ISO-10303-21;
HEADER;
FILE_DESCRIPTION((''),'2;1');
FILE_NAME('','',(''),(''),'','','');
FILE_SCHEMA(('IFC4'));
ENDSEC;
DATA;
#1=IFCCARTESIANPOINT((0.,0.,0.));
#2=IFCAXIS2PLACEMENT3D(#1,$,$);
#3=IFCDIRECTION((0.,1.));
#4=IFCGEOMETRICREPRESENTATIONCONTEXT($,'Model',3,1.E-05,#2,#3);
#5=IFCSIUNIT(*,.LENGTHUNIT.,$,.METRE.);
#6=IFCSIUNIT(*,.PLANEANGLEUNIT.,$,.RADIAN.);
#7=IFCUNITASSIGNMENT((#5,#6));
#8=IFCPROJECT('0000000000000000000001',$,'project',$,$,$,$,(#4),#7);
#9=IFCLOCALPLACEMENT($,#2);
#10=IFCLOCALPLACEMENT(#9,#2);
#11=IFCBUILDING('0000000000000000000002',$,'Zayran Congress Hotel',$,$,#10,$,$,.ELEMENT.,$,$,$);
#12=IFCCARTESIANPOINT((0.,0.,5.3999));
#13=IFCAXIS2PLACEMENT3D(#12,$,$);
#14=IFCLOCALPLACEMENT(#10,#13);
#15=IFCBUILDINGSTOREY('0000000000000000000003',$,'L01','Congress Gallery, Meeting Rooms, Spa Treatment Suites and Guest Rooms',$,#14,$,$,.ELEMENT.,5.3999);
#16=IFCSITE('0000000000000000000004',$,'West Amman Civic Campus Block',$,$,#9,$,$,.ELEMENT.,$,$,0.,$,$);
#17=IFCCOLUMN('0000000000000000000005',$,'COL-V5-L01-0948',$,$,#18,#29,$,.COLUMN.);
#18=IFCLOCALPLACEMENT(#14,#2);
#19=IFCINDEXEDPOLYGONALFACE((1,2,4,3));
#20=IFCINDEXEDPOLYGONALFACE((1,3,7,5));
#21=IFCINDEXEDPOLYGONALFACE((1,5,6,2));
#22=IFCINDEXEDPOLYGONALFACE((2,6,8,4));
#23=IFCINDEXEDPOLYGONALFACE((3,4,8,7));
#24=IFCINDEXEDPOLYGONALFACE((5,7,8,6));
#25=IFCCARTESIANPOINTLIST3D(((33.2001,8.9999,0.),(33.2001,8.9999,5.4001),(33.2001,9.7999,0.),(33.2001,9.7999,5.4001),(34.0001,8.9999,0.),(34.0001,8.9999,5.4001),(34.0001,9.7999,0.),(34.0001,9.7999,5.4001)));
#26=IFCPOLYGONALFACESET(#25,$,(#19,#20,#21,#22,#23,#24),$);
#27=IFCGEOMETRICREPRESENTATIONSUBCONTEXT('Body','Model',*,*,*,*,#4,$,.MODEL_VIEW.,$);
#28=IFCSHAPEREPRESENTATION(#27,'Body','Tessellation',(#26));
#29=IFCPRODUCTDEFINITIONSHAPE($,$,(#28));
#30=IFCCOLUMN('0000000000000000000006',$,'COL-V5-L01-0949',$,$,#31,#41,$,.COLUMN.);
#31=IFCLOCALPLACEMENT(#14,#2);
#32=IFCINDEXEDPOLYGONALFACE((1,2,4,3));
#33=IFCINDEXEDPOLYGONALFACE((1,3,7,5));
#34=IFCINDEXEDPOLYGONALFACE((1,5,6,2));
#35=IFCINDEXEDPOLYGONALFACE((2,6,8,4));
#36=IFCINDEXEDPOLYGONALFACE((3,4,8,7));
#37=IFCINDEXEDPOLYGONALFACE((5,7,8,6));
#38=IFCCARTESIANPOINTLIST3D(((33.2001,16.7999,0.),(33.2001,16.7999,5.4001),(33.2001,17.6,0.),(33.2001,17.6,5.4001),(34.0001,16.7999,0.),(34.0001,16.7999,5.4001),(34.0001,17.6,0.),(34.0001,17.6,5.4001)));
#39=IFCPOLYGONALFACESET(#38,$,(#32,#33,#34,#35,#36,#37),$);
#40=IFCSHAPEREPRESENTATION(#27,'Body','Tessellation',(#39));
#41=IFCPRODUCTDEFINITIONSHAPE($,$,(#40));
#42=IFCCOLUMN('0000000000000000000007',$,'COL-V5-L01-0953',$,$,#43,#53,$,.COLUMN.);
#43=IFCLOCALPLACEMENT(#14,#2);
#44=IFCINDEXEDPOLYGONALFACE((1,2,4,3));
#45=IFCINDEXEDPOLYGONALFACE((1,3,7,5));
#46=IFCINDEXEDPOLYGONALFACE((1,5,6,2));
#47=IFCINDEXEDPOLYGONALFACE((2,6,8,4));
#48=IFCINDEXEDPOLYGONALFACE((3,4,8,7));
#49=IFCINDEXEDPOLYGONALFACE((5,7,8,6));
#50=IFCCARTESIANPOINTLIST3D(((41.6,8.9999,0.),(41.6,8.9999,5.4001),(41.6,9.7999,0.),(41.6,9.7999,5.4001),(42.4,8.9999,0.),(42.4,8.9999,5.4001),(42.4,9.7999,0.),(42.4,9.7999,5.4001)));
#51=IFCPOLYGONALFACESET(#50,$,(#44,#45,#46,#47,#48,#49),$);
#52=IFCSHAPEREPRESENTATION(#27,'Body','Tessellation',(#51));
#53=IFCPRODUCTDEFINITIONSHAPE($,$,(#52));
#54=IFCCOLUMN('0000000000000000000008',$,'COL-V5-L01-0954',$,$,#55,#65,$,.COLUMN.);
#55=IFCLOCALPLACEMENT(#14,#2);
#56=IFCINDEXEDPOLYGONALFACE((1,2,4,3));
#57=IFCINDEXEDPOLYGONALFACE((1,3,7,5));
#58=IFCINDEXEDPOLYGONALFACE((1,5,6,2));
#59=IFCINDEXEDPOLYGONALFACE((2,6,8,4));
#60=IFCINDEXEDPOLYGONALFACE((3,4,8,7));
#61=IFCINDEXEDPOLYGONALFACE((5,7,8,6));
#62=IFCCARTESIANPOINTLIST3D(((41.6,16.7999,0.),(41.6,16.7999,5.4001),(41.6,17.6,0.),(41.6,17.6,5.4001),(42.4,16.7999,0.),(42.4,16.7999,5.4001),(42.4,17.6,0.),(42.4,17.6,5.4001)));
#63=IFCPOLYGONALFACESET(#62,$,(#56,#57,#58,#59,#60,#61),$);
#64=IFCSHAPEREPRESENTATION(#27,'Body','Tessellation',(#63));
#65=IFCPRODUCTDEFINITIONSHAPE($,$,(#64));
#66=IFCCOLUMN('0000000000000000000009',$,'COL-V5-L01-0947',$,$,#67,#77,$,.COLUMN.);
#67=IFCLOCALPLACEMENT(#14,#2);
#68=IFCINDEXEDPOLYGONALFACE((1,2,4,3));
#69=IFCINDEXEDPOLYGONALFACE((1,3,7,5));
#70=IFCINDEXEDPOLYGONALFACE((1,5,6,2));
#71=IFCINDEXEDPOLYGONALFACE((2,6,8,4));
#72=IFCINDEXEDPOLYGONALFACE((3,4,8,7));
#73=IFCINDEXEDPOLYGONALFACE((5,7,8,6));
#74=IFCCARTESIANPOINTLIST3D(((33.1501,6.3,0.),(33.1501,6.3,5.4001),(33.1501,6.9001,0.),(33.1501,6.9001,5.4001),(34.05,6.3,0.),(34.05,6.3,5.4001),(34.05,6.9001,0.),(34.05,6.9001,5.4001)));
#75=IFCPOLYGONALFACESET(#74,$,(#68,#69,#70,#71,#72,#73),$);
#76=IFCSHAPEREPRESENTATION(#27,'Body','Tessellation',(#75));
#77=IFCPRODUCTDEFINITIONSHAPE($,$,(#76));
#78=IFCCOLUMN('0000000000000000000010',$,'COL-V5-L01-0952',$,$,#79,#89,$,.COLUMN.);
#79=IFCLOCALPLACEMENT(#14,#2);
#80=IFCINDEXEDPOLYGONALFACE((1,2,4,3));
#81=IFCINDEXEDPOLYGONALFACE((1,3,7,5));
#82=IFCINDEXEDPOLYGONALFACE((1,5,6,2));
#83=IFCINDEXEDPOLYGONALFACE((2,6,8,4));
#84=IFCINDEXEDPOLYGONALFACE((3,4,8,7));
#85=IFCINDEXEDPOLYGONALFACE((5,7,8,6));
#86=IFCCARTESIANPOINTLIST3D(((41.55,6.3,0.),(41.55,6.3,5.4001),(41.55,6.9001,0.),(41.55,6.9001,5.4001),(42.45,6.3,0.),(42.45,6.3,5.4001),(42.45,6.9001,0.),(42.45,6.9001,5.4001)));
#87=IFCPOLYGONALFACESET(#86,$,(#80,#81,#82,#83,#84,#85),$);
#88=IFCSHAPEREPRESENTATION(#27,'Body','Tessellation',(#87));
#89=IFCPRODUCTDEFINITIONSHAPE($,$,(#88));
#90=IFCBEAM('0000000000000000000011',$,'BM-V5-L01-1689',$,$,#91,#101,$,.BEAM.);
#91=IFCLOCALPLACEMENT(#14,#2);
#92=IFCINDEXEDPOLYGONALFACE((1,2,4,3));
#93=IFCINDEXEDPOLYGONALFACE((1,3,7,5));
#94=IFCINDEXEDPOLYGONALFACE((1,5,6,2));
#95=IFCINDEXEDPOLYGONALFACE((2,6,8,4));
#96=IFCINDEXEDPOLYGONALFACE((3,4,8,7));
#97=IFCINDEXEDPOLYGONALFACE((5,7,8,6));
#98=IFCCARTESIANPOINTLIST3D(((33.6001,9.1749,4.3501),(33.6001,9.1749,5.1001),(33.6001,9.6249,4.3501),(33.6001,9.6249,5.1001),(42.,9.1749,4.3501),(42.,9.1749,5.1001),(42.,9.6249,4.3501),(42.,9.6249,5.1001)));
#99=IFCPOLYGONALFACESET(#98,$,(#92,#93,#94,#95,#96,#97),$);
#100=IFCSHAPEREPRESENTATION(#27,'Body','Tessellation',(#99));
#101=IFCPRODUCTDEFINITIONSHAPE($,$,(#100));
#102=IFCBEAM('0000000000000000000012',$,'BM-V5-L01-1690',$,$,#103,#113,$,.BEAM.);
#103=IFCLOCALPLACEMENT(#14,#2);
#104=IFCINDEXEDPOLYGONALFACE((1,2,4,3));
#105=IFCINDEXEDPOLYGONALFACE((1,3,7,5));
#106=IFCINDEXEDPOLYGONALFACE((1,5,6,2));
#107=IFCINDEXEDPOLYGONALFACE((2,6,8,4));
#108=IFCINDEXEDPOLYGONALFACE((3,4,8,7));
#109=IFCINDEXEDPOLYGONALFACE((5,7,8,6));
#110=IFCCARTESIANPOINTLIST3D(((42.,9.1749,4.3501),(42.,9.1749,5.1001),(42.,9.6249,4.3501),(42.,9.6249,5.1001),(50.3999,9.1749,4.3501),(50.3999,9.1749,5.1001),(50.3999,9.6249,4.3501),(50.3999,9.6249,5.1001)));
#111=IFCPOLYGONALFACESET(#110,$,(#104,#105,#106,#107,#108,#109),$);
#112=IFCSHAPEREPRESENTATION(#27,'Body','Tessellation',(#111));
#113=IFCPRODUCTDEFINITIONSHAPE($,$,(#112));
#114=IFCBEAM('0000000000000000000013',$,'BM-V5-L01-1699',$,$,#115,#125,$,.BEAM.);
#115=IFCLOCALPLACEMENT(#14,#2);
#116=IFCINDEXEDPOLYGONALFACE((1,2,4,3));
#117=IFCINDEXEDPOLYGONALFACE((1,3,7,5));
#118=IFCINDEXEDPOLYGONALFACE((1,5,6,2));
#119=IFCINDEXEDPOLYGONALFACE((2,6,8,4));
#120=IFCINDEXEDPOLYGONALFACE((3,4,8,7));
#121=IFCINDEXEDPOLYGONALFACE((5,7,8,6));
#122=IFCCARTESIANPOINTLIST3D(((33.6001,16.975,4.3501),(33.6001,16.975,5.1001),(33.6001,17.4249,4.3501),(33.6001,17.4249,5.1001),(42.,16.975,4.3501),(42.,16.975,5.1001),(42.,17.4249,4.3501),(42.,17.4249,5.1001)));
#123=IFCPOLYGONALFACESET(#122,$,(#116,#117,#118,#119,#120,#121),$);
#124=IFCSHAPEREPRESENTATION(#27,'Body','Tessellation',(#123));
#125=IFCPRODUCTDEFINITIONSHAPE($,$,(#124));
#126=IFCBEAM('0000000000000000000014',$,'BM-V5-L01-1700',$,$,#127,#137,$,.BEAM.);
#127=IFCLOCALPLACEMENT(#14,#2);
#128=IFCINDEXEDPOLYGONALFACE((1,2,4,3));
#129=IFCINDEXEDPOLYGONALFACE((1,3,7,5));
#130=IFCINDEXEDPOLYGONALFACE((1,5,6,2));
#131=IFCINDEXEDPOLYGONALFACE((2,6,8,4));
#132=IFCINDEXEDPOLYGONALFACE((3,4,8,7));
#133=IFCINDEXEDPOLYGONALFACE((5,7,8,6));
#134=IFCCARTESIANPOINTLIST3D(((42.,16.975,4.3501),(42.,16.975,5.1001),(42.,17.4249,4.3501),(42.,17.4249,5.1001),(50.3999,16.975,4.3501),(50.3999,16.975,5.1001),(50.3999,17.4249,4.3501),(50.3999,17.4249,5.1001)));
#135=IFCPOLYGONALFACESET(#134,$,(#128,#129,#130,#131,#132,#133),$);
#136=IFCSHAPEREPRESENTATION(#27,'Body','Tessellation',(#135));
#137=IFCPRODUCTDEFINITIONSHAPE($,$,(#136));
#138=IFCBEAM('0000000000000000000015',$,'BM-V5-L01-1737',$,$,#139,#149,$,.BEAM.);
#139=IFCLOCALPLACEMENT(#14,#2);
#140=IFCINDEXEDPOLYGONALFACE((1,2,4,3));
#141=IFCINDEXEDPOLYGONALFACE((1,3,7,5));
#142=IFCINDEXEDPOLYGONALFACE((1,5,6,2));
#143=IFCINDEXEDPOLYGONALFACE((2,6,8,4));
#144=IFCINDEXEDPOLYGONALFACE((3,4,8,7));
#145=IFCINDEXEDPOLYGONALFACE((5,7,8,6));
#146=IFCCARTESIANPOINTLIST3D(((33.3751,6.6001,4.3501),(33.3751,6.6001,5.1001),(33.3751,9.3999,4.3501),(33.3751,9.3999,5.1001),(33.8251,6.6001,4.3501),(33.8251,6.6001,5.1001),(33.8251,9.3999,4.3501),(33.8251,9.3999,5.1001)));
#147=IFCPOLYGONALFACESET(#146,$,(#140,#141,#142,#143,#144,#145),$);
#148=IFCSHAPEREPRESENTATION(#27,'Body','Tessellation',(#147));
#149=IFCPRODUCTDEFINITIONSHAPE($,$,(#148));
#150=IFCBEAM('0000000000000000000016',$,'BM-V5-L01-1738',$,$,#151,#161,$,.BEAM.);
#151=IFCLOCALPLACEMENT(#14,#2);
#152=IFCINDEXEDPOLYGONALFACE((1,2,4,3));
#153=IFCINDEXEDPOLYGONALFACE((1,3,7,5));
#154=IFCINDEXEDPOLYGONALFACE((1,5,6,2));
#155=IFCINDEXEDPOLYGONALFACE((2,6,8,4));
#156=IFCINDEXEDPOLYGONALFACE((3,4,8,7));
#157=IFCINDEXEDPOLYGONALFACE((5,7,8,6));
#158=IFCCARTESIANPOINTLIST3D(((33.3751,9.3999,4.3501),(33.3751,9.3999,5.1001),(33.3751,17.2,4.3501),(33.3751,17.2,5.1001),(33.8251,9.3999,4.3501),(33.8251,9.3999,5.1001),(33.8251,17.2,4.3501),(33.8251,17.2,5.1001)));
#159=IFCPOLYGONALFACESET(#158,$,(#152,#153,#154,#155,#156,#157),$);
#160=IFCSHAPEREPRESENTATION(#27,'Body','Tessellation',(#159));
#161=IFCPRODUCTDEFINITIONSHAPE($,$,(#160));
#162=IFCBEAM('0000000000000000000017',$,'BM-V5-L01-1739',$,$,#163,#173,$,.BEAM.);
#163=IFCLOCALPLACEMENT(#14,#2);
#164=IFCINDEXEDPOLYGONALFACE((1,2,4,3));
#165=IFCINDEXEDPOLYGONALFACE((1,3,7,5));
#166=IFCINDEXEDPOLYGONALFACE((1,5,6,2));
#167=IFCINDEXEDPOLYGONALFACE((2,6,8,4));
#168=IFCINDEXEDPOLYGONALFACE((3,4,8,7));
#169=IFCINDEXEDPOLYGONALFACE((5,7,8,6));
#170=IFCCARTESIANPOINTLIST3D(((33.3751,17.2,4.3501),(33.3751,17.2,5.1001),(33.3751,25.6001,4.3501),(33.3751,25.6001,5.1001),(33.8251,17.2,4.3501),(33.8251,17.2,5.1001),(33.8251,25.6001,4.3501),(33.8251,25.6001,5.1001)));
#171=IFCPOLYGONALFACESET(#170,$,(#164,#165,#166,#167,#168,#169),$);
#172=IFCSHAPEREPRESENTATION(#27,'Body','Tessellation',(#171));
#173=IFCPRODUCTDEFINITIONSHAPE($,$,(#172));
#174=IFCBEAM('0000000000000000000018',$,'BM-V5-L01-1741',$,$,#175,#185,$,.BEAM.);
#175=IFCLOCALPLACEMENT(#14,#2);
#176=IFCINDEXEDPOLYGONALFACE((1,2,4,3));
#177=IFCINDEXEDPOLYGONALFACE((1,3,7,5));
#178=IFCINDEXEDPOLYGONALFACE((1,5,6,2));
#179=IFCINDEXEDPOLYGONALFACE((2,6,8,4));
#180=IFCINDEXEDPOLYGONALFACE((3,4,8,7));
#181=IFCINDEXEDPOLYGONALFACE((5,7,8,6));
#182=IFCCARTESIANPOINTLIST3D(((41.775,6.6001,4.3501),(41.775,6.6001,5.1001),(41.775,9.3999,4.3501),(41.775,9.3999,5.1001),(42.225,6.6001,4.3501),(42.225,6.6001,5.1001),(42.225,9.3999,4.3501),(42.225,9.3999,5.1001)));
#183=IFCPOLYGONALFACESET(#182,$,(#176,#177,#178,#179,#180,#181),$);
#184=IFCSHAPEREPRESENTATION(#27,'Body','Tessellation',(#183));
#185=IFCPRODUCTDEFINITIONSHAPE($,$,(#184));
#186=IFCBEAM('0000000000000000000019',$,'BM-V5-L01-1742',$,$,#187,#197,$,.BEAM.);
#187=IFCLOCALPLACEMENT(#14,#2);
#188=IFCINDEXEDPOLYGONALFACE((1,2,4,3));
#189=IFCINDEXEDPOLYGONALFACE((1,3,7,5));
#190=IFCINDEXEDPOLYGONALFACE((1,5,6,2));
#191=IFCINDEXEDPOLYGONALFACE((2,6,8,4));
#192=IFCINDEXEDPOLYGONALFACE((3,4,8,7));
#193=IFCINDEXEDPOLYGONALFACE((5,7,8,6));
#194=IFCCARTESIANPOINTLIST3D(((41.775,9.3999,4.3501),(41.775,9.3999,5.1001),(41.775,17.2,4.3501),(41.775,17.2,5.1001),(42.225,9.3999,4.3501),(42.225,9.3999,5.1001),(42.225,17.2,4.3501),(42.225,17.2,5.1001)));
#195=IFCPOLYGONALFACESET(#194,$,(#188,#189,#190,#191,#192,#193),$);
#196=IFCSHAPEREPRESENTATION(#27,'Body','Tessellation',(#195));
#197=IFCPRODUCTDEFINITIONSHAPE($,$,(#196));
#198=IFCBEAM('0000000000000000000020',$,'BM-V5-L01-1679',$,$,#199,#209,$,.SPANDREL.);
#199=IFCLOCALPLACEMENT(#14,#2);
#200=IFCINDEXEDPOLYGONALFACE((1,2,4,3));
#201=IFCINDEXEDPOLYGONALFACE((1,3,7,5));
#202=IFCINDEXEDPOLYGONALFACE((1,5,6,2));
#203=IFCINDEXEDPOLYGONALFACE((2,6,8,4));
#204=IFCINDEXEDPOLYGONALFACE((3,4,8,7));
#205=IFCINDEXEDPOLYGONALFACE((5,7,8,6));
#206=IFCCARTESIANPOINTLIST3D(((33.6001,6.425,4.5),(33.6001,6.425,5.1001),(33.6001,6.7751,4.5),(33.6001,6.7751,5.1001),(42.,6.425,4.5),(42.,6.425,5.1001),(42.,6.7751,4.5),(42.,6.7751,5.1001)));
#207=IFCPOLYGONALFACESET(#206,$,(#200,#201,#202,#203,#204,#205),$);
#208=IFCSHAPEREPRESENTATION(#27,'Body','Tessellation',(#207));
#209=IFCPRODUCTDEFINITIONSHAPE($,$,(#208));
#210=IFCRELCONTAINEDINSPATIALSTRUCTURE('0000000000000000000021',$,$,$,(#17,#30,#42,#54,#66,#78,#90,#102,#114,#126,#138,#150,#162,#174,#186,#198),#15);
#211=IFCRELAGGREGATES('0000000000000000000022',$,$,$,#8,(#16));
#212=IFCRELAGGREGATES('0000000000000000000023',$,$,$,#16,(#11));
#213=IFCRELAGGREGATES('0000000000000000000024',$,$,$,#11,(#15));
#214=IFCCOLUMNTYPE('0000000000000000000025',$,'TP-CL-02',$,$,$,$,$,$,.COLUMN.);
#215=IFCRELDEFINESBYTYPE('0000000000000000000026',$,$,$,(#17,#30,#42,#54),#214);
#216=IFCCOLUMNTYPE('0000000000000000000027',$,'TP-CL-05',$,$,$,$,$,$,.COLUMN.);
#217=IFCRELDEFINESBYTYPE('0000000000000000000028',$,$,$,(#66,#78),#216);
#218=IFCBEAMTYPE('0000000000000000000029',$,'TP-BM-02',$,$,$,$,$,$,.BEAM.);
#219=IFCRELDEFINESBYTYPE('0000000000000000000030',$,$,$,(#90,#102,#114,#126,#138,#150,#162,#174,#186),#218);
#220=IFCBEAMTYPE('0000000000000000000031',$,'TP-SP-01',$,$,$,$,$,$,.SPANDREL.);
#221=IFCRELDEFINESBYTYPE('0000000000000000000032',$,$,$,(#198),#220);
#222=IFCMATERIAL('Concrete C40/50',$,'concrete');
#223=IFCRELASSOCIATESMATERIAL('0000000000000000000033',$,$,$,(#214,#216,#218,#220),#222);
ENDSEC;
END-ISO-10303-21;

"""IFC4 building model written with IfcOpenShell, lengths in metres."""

from ifc_helpers import new_model, si_unit, direction, frame, origin, origin_2d, place, context, subcontext, project, spatial, rectangle, extrude, material, material_profile, profile_set, type_object, element, save


model = new_model("IFC4")

# Units and contexts
model_context = context("Model", 3, precision=1e-05, world=origin(), true_north=direction((0.0, 1.0)))
body_context = subcontext(model_context, "Body", "Model", "MODEL_VIEW")
ifc_project = project(units=[si_unit("LENGTHUNIT", "METRE"), si_unit("PLANEANGLEUNIT", "RADIAN")], contexts=[model_context])

# Site, building, storey
site_placement = place(None, origin())
site = spatial("IfcSite", under=ifc_project, at=site_placement, Name="West Amman Civic Campus Block", CompositionType="ELEMENT", RefElevation=0.0)
building_placement = place(site_placement, origin())
building = spatial("IfcBuilding", under=site, at=building_placement, Name="Zayran Congress Hotel", CompositionType="ELEMENT")
storey_placement = place(building_placement, frame((0.0, 0.0, 5.3999)))
storey = spatial("IfcBuildingStorey", under=building, at=storey_placement, Name="L01", Description="Congress Gallery, Meeting Rooms, Spa Treatment Suites and Guest Rooms", CompositionType="ELEMENT", Elevation=5.3999)

# Columns
ifc_material_1 = material(Name="Concrete C40/50", Category="concrete")
ifc_material_profile_1 = material_profile(ifc_material_1, rectangle(XDim=0.8, YDim=0.8, at=origin_2d()), Name="RC 800x800")
ifc_profile_set_1 = profile_set([ifc_material_profile_1], Name="Concrete C40/50")
column_type_1 = type_object("IfcColumnType", Name="TP-CL-02", PredefinedType="COLUMN", material=ifc_profile_set_1)
for number, where, z_axis, x_axis, name in (
    (1, (33.6001, 9.3999, 0.0), (0.0, 0.0, 1.0), (1.0, 0.0, 0.0), "COL-V5-L01-0948"),
    (2, (33.6001, 17.2, 0.0), (0.0, 0.0, 1.0), (1.0, 0.0, 0.0), "COL-V5-L01-0949"),
    (3, (42.0, 9.3999, 0.0), (0.0, 0.0, 1.0), (1.0, 0.0, 0.0), "COL-V5-L01-0953"),
    (4, (42.0, 17.2, 0.0), (0.0, 0.0, 1.0), (1.0, 0.0, 0.0), "COL-V5-L01-0954"),
):
    element("IfcColumn", number, at=place(storey_placement, frame(where, z_axis=z_axis, x_axis=x_axis)), inside=storey, type_object=column_type_1, Name=name, PredefinedType="COLUMN", context=body_context, shape_type="SweptSolid", body=[
        extrude(rectangle(XDim=0.8, YDim=0.8, at=origin_2d()), origin(), (0.0, 0.0, 1.0), 5.4001),
    ])
ifc_material_profile_2 = material_profile(ifc_material_1, rectangle(XDim=0.6001, YDim=0.8999, at=origin_2d()), Name="RC 900x600")
ifc_profile_set_2 = profile_set([ifc_material_profile_2], Name="Concrete C40/50")
column_type_2 = type_object("IfcColumnType", Name="TP-CL-05", PredefinedType="COLUMN", material=ifc_profile_set_2)
for number, where, z_axis, x_axis, name in (
    (5, (33.6001, 6.6001, 0.0), (0.0, 0.0, 1.0), (0.0, 1.0, 0.0), "COL-V5-L01-0947"),
    (6, (42.0, 6.6001, 0.0), (0.0, 0.0, 1.0), (0.0, 1.0, 0.0), "COL-V5-L01-0952"),
):
    element("IfcColumn", number, at=place(storey_placement, frame(where, z_axis=z_axis, x_axis=x_axis)), inside=storey, type_object=column_type_2, Name=name, PredefinedType="COLUMN", context=body_context, shape_type="SweptSolid", body=[
        extrude(rectangle(XDim=0.6001, YDim=0.8999, at=origin_2d()), origin(), (0.0, 0.0, 1.0), 5.4001),
    ])

# Beams
ifc_material_profile_3 = material_profile(ifc_material_1, rectangle(XDim=0.45, YDim=0.75, at=origin_2d()), Name="RC 450x750")
ifc_profile_set_3 = profile_set([ifc_material_profile_3], Name="Concrete C40/50")
beam_type_1 = type_object("IfcBeamType", Name="TP-BM-02", PredefinedType="BEAM", material=ifc_profile_set_3)
for number, where, z_axis, x_axis, name in (
    (7, (33.6001, 9.3999, 4.7251), (1.0, 0.0, 0.0), (0.0, 1.0, 0.0), "BM-V5-L01-1689"),
    (8, (42.0, 9.3999, 4.7251), (1.0, 0.0, 0.0), (0.0, 1.0, 0.0), "BM-V5-L01-1690"),
    (9, (33.6001, 17.2, 4.7251), (1.0, 0.0, 0.0), (0.0, 1.0, 0.0), "BM-V5-L01-1699"),
    (10, (42.0, 17.2, 4.7251), (1.0, 0.0, 0.0), (0.0, 1.0, 0.0), "BM-V5-L01-1700"),
):
    element("IfcBeam", number, at=place(storey_placement, frame(where, z_axis=z_axis, x_axis=x_axis)), inside=storey, type_object=beam_type_1, Name=name, PredefinedType="BEAM", context=body_context, shape_type="SweptSolid", body=[
        extrude(rectangle(XDim=0.45, YDim=0.75, at=origin_2d()), origin(), (0.0, 0.0, 1.0), 8.3999),
    ])
beam_1_placement = place(storey_placement, frame((33.6001, 6.6001, 4.7251), z_axis=(0.0, 1.0, 0.0), x_axis=(-1.0, 0.0, 0.0)))
element("IfcBeam", 11, at=beam_1_placement, inside=storey, type_object=beam_type_1, Name="BM-V5-L01-1737", PredefinedType="BEAM", context=body_context, shape_type="SweptSolid", body=[
    extrude(rectangle(XDim=0.45, YDim=0.75, at=origin_2d()), origin(), (0.0, 0.0, 1.0), 2.7998),
])
beam_2_placement = place(storey_placement, frame((33.6001, 9.3999, 4.7251), z_axis=(0.0, 1.0, 0.0), x_axis=(-1.0, 0.0, 0.0)))
element("IfcBeam", 12, at=beam_2_placement, inside=storey, type_object=beam_type_1, Name="BM-V5-L01-1738", PredefinedType="BEAM", context=body_context, shape_type="SweptSolid", body=[
    extrude(rectangle(XDim=0.45, YDim=0.75, at=origin_2d()), origin(), (0.0, 0.0, 1.0), 7.8),
])
beam_3_placement = place(storey_placement, frame((33.6001, 17.2, 4.7251), z_axis=(0.0, 1.0, 0.0), x_axis=(-1.0, 0.0, 0.0)))
element("IfcBeam", 13, at=beam_3_placement, inside=storey, type_object=beam_type_1, Name="BM-V5-L01-1739", PredefinedType="BEAM", context=body_context, shape_type="SweptSolid", body=[
    extrude(rectangle(XDim=0.45, YDim=0.75, at=origin_2d()), origin(), (0.0, 0.0, 1.0), 8.4001),
])
beam_4_placement = place(storey_placement, frame((42.0, 6.6001, 4.7251), z_axis=(0.0, 1.0, 0.0), x_axis=(-1.0, 0.0, 0.0)))
element("IfcBeam", 14, at=beam_4_placement, inside=storey, type_object=beam_type_1, Name="BM-V5-L01-1741", PredefinedType="BEAM", context=body_context, shape_type="SweptSolid", body=[
    extrude(rectangle(XDim=0.45, YDim=0.75, at=origin_2d()), origin(), (0.0, 0.0, 1.0), 2.7998),
])
beam_5_placement = place(storey_placement, frame((42.0, 9.3999, 4.7251), z_axis=(0.0, 1.0, 0.0), x_axis=(-1.0, 0.0, 0.0)))
element("IfcBeam", 15, at=beam_5_placement, inside=storey, type_object=beam_type_1, Name="BM-V5-L01-1742", PredefinedType="BEAM", context=body_context, shape_type="SweptSolid", body=[
    extrude(rectangle(XDim=0.45, YDim=0.75, at=origin_2d()), origin(), (0.0, 0.0, 1.0), 7.8),
])
ifc_material_profile_4 = material_profile(ifc_material_1, rectangle(XDim=0.3501, YDim=0.6001, at=origin_2d()), Name="RC 350x600")
ifc_profile_set_4 = profile_set([ifc_material_profile_4], Name="Concrete C40/50")
beam_type_2 = type_object("IfcBeamType", Name="TP-SP-01", PredefinedType="SPANDREL", material=ifc_profile_set_4)
for number, where, z_axis, x_axis, name in (
    (16, (33.6001, 6.6001, 4.8), (1.0, 0.0, 0.0), (0.0, 1.0, 0.0), "BM-V5-L01-1679"),
):
    element("IfcBeam", number, at=place(storey_placement, frame(where, z_axis=z_axis, x_axis=x_axis)), inside=storey, type_object=beam_type_2, Name=name, PredefinedType="SPANDREL", context=body_context, shape_type="SweptSolid", body=[
        extrude(rectangle(XDim=0.3501, YDim=0.6001, at=origin_2d()), origin(), (0.0, 0.0, 1.0), 8.3999),
    ])

save(model, "model.ifc")
